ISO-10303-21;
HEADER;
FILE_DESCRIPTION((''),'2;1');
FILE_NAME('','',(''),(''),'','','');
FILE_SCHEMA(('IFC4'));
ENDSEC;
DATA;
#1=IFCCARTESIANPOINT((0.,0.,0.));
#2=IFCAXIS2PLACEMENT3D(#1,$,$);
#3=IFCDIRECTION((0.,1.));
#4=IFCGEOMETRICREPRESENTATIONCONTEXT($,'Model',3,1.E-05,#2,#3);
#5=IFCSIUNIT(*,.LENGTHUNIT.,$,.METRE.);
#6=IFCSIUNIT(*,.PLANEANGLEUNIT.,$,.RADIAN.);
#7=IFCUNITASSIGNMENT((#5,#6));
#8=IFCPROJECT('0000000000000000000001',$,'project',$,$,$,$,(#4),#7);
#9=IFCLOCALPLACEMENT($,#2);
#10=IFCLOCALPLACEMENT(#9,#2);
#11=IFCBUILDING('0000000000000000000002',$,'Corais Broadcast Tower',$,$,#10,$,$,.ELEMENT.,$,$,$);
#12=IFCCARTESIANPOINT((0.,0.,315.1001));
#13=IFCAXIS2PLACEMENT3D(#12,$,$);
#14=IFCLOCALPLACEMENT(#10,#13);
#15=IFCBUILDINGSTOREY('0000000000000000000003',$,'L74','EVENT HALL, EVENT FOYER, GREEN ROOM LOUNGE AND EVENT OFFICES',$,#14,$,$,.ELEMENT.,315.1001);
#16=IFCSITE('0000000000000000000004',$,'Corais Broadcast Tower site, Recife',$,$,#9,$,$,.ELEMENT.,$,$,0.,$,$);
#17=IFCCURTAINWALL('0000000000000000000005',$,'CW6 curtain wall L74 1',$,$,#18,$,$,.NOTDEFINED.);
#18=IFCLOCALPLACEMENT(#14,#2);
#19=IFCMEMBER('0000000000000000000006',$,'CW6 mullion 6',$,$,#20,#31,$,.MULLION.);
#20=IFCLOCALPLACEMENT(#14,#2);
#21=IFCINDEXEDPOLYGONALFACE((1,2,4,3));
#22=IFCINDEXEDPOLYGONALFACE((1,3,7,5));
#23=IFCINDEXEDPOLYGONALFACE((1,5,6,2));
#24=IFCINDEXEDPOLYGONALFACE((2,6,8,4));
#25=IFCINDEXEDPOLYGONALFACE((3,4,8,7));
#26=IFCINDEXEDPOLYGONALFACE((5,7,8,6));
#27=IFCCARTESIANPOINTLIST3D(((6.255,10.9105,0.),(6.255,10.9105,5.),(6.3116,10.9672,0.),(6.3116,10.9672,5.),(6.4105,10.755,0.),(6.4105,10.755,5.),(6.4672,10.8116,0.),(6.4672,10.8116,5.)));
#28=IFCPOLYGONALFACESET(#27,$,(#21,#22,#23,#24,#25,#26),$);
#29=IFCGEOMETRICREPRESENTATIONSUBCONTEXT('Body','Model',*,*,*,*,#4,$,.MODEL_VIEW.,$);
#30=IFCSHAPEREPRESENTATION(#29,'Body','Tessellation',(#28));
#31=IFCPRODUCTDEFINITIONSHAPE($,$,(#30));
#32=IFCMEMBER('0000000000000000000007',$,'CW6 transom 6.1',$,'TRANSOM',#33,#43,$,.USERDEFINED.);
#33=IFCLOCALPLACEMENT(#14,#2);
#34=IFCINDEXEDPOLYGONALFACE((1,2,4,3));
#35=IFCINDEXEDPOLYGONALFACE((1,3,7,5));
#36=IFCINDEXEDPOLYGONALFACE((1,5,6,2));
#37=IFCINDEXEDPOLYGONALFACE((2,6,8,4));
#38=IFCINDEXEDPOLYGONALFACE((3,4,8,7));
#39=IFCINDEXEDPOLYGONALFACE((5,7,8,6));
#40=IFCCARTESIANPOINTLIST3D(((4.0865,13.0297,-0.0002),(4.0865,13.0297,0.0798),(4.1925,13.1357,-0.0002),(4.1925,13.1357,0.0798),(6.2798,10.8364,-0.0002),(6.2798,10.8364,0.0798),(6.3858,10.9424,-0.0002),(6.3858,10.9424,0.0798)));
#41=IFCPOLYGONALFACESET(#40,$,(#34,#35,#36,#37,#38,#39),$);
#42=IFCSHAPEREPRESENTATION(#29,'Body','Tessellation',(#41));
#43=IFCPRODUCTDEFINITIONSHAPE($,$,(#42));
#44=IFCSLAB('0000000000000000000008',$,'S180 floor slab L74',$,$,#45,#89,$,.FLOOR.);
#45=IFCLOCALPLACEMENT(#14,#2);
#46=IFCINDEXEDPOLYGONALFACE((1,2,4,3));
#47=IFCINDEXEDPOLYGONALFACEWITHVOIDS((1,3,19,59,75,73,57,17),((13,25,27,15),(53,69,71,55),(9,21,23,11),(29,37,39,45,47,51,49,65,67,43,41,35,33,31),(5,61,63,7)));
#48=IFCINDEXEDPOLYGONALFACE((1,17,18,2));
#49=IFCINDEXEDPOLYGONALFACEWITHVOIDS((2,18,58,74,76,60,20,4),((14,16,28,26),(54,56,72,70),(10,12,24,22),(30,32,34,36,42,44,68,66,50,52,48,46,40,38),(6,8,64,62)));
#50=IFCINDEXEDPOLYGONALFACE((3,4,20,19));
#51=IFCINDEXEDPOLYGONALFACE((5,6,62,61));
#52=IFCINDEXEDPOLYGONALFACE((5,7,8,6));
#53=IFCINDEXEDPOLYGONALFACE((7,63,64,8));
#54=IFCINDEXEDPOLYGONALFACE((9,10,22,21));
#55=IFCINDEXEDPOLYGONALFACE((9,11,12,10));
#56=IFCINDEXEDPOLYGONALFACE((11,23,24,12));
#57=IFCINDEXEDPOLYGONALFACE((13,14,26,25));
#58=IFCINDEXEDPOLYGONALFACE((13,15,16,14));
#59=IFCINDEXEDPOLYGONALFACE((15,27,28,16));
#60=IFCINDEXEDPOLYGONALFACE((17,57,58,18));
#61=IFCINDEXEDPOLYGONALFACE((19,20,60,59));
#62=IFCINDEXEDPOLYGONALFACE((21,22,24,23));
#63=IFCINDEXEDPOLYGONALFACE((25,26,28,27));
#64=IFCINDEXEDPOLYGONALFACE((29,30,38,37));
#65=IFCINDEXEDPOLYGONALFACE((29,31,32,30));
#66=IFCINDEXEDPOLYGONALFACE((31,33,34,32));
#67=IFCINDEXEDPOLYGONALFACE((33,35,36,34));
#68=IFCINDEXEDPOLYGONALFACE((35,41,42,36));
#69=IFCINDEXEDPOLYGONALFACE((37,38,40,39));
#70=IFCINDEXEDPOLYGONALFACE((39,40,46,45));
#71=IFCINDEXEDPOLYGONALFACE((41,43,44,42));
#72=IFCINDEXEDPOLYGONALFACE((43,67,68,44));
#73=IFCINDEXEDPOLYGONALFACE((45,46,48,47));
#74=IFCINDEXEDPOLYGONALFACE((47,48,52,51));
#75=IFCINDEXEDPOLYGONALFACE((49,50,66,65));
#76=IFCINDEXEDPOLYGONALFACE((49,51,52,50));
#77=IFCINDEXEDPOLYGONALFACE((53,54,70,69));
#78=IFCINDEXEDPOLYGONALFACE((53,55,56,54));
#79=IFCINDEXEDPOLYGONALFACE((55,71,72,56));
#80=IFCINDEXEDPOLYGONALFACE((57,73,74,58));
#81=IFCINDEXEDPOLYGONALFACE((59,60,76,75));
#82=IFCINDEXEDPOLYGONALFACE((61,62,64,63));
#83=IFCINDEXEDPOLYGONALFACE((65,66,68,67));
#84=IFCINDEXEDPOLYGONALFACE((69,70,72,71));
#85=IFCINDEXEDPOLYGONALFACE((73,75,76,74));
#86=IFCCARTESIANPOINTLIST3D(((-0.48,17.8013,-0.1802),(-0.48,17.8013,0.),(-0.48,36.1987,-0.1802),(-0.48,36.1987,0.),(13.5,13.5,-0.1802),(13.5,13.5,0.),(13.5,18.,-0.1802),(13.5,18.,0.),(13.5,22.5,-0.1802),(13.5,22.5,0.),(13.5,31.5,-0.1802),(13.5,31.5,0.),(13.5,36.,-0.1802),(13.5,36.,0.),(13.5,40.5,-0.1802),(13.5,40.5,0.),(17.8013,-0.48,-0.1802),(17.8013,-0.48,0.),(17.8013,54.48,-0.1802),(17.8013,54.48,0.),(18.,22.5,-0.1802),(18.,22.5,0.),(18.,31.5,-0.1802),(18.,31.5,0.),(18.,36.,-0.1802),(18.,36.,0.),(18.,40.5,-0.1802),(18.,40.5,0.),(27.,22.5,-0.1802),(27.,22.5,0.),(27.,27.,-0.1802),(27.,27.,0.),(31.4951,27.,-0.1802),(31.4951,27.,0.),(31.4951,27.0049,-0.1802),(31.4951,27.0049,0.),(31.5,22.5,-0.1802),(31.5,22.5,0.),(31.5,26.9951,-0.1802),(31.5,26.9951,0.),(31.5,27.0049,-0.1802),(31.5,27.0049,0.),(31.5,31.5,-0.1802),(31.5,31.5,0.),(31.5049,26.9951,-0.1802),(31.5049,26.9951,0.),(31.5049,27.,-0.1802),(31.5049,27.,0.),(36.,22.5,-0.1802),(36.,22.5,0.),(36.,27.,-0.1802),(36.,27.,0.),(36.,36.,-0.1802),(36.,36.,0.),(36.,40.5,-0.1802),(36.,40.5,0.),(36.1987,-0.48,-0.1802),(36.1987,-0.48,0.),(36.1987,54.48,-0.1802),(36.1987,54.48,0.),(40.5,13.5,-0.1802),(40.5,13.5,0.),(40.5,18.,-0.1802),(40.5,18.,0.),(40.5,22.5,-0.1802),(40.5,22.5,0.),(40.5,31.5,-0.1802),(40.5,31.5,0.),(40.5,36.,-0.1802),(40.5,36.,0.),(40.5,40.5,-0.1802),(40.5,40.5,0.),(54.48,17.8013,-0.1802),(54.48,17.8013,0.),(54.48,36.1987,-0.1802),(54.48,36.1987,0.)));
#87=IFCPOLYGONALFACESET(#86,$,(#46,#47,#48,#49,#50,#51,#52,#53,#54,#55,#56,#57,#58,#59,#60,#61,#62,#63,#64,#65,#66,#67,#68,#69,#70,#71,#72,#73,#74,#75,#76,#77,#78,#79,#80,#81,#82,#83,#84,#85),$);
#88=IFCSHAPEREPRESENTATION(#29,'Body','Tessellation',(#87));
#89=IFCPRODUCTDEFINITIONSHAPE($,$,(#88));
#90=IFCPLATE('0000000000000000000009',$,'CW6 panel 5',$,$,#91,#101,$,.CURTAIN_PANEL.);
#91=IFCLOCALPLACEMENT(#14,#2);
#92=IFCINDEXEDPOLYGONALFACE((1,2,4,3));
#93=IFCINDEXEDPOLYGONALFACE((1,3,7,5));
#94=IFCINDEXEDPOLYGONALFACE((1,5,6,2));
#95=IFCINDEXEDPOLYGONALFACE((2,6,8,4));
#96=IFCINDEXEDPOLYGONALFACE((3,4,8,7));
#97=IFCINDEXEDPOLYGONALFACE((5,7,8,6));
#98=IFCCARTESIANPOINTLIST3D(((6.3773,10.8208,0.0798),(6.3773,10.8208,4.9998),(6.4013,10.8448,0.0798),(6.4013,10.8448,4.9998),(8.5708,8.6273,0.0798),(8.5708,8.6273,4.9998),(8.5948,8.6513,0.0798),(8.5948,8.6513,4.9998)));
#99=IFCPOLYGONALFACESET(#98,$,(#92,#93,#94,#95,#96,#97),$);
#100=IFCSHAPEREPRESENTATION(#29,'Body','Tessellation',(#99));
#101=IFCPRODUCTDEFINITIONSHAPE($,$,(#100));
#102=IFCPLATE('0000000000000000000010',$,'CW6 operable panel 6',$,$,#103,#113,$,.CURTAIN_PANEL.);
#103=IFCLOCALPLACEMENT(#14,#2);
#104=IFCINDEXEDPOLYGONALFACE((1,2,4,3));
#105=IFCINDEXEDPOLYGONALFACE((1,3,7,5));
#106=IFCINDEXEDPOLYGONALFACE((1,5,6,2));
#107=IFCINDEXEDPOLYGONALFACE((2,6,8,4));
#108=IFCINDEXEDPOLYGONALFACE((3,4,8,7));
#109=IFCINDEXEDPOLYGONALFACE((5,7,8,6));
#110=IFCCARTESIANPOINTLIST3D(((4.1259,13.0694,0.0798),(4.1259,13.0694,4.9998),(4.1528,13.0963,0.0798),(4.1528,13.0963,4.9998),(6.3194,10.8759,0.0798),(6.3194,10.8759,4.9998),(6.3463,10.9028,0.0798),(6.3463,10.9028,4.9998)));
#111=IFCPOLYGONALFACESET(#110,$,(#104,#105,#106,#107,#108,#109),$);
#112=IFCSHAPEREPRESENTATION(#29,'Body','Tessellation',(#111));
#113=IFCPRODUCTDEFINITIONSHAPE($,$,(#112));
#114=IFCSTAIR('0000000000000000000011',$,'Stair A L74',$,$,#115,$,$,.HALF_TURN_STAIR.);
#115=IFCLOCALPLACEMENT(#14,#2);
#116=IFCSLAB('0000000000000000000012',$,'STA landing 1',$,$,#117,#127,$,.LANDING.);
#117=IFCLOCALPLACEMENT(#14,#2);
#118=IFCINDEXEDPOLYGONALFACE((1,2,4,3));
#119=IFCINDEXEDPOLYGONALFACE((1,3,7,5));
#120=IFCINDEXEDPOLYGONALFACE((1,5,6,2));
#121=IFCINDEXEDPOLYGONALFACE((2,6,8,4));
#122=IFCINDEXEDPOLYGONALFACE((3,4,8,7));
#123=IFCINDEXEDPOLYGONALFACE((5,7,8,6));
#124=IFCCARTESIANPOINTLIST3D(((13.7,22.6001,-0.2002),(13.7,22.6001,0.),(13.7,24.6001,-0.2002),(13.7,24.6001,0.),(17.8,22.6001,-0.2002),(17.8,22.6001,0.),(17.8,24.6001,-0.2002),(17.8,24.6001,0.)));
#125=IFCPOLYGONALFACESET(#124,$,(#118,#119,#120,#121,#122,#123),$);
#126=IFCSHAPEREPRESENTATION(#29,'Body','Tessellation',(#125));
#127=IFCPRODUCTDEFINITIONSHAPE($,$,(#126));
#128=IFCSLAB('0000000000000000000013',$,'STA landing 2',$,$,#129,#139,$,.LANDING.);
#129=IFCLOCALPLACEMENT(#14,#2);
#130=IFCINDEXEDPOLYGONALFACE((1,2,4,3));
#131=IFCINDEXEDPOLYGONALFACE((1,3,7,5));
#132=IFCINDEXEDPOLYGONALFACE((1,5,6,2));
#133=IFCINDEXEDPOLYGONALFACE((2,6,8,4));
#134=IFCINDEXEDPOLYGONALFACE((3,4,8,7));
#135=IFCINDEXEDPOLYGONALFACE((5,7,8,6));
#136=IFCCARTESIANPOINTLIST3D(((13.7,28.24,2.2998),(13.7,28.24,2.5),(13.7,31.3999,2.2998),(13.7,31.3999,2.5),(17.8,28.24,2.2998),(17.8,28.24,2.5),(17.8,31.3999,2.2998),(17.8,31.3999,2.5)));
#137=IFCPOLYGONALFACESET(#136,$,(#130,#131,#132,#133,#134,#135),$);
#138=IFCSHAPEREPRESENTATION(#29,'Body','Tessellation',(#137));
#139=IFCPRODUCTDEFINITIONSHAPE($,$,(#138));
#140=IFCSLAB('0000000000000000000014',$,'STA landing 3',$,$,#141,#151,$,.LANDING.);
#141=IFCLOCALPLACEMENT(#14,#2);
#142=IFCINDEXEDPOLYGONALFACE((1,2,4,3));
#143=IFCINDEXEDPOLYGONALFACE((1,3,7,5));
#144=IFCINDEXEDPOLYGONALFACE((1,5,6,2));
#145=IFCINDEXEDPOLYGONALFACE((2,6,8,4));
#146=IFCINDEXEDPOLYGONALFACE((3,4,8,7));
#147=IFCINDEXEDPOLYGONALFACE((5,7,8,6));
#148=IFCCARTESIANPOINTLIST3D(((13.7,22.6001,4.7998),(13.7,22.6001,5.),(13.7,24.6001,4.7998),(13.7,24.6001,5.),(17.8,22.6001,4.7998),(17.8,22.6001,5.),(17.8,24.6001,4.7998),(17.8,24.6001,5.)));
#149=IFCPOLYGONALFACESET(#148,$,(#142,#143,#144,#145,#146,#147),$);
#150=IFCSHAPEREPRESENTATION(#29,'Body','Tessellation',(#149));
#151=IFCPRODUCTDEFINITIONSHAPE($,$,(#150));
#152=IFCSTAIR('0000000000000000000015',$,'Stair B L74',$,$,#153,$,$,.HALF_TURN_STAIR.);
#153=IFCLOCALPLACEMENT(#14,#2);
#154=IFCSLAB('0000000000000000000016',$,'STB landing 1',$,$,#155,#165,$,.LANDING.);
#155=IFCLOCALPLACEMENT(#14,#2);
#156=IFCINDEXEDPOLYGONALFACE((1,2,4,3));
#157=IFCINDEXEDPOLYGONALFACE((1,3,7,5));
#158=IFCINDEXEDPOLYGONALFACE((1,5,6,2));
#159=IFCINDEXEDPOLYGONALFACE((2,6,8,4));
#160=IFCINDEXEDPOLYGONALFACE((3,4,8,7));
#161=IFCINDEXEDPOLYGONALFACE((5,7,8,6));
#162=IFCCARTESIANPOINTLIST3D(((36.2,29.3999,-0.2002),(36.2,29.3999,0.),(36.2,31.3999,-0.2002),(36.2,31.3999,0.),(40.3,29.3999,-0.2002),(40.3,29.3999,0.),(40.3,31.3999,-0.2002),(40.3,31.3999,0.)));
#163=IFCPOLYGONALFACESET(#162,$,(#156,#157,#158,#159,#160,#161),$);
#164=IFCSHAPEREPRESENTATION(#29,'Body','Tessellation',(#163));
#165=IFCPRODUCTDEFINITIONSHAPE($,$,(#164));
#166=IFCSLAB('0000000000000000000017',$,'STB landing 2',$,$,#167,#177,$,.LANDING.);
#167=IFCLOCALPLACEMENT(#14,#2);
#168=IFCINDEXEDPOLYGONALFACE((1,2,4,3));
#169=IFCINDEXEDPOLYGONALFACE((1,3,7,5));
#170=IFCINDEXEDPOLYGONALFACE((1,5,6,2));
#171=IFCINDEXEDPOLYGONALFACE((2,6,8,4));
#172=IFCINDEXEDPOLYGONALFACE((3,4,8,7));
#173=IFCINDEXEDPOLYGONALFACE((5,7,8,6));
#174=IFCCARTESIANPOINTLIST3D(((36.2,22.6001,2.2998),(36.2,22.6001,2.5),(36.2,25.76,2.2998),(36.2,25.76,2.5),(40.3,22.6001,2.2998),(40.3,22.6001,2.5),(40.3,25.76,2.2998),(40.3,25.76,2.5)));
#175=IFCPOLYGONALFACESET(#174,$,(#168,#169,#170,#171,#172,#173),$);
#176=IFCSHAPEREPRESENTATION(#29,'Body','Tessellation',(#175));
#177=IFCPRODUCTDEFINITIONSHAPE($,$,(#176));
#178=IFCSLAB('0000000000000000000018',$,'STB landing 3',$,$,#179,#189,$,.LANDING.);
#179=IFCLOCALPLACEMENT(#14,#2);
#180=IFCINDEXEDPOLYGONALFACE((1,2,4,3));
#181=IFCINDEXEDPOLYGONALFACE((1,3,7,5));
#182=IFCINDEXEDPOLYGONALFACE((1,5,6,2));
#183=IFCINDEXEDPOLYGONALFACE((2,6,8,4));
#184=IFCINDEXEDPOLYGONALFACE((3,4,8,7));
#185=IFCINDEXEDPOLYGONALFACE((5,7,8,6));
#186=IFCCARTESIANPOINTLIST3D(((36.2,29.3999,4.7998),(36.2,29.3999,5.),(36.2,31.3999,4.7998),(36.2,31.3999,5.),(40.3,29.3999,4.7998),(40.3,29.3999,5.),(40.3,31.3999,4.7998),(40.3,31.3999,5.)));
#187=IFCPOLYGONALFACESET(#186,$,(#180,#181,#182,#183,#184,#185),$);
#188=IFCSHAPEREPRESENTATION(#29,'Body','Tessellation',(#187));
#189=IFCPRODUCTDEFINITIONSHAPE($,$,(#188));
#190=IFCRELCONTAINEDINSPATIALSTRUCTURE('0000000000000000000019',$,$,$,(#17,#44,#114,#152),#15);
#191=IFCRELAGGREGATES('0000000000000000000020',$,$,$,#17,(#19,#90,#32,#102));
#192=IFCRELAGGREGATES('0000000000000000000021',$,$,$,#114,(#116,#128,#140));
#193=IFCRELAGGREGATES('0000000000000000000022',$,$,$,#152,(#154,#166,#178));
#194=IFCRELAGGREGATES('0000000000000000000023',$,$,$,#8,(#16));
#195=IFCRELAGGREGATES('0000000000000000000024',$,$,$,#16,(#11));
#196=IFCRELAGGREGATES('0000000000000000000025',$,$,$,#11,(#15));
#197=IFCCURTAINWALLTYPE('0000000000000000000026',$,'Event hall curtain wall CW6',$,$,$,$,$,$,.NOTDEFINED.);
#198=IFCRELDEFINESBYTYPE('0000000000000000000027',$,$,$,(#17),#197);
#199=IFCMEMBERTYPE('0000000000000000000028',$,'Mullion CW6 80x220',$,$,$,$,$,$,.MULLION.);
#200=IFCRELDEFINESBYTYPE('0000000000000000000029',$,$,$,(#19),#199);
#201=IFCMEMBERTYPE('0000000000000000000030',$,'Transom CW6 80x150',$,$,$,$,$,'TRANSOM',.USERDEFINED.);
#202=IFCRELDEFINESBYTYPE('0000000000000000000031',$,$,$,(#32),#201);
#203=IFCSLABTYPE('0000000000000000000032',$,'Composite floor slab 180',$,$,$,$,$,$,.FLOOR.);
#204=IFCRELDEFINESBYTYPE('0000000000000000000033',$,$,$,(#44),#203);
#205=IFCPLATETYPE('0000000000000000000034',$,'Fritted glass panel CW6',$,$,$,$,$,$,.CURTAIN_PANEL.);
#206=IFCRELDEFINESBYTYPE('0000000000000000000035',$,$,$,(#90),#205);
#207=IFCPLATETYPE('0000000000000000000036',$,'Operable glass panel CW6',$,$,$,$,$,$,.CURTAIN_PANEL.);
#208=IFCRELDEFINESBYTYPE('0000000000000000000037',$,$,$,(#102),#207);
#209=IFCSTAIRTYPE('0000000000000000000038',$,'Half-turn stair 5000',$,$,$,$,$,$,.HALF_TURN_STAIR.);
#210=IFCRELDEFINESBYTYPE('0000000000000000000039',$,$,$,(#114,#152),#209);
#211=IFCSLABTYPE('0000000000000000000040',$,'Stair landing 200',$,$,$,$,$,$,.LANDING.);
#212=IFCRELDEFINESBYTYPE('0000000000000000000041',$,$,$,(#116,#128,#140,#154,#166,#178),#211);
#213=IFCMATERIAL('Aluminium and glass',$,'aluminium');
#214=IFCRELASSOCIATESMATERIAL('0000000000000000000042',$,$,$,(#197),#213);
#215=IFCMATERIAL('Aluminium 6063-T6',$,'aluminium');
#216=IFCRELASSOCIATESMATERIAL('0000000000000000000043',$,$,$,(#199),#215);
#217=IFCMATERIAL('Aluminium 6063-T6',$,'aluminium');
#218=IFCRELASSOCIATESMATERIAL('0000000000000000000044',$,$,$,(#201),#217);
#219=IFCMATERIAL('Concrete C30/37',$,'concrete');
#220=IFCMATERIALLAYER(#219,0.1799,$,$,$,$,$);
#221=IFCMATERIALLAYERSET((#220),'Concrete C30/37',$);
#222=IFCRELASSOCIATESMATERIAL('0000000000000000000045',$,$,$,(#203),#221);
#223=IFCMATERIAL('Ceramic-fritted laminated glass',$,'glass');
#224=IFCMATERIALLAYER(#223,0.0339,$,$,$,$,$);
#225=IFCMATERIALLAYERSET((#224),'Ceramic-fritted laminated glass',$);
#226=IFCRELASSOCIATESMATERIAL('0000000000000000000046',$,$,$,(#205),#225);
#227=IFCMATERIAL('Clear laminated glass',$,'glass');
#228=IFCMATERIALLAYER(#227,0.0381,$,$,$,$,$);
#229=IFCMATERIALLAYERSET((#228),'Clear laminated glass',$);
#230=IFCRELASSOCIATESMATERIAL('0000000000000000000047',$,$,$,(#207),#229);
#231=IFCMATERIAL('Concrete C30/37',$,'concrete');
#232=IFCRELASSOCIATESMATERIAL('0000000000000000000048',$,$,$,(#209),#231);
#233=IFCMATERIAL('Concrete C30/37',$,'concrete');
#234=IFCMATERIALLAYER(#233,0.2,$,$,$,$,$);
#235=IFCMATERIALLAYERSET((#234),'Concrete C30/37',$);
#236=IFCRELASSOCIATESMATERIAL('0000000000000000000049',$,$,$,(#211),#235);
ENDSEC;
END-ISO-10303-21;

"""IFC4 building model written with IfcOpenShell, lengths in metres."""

from ifc_helpers import new_model, si_unit, direction, frame, origin, origin_2d, place, context, subcontext, project, spatial, polyline, rectangle, outline, extrude, material, layer, layer_set, material_profile, profile_set, type_object, element, aggregate, save


model = new_model("IFC4")

# Units and contexts
model_context = context("Model", 3, precision=1e-05, world=origin(), true_north=direction((0.0, 1.0)))
body_context = subcontext(model_context, "Body", "Model", "MODEL_VIEW")
ifc_project = project(units=[si_unit("LENGTHUNIT", "METRE"), si_unit("PLANEANGLEUNIT", "RADIAN")], contexts=[model_context])

# Site, building, storey
site_placement = place(None, origin())
site = spatial("IfcSite", under=ifc_project, at=site_placement, Name="Corais Broadcast Tower site, Recife", CompositionType="ELEMENT", RefElevation=0.0)
building_placement = place(site_placement, origin())
building = spatial("IfcBuilding", under=site, at=building_placement, Name="Corais Broadcast Tower", CompositionType="ELEMENT")
storey_placement = place(building_placement, frame((0.0, 0.0, 315.1001)))
storey = spatial("IfcBuildingStorey", under=building, at=storey_placement, Name="L74", Description="EVENT HALL, EVENT FOYER, GREEN ROOM LOUNGE AND EVENT OFFICES", CompositionType="ELEMENT", Elevation=315.1001)

# Curtain wall, members
ifc_material_1 = material(Name="Aluminium and glass", Category="aluminium")
curtain_wall_type = type_object("IfcCurtainWallType", Name="Event hall curtain wall CW6", PredefinedType="NOTDEFINED", material=ifc_material_1)
curtain_wall_placement = place(storey_placement, origin())
curtain_wall = element("IfcCurtainWall", 1, at=curtain_wall_placement, inside=storey, type_object=curtain_wall_type, Name="CW6 curtain wall L74 1", PredefinedType="NOTDEFINED")
ifc_material_2 = material(Name="Aluminium 6063-T6", Category="aluminium")
ifc_material_profile_1 = material_profile(ifc_material_2, rectangle(XDim=0.0801, YDim=0.22, at=origin_2d()), Name="Mullion CW6 80x220")
ifc_profile_set_1 = profile_set([ifc_material_profile_1], Name="Aluminium 6063-T6")
member_type_1 = type_object("IfcMemberType", Name="Mullion CW6 80x220", PredefinedType="MULLION", material=ifc_profile_set_1)
member_1_placement = place(storey_placement, frame((6.3611, 10.8611, 0.0), z_axis=(0.0, 0.0, 1.0), x_axis=(-0.707107, -0.707107, 0.0)))
member_1 = element("IfcMember", 2, at=member_1_placement, type_object=member_type_1, Name="CW6 mullion 6", PredefinedType="MULLION", context=body_context, shape_type="SweptSolid", body=[
    extrude(rectangle(XDim=0.0801, YDim=0.22, at=origin_2d()), origin(), (0.0, 0.0, 1.0), 5.0),
])
ifc_material_3 = material(Name="Aluminium 6063-T6", Category="aluminium")
ifc_material_profile_2 = material_profile(ifc_material_3, rectangle(XDim=0.1499, YDim=0.0801, at=origin_2d()), Name="Transom CW6 80x150")
ifc_profile_set_2 = profile_set([ifc_material_profile_2], Name="Aluminium 6063-T6")
member_type_2 = type_object("IfcMemberType", Name="Transom CW6 80x150", ElementType="TRANSOM", PredefinedType="USERDEFINED", material=ifc_profile_set_2)
member_2_placement = place(storey_placement, frame((6.3328, 10.8894, 0.0398), z_axis=(-0.707107, 0.707107, 0.0), x_axis=(-0.707107, -0.707107, 0.0)))
member_2 = element("IfcMember", 3, at=member_2_placement, type_object=member_type_2, Name="CW6 transom 6.1", ObjectType="TRANSOM", PredefinedType="USERDEFINED", context=body_context, shape_type="SweptSolid", body=[
    extrude(rectangle(XDim=0.1499, YDim=0.0801, at=origin_2d()), origin(), (0.0, 0.0, 1.0), 3.1018),
])

# Slab
ifc_material_4 = material(Name="Concrete C30/37", Category="concrete")
ifc_layer_1 = layer(ifc_material_4, 0.1799)
ifc_layer_set_1 = layer_set([ifc_layer_1], Name="Concrete C30/37")
slab_type_1 = type_object("IfcSlabType", Name="Composite floor slab 180", PredefinedType="FLOOR", material=ifc_layer_set_1)
slab_1_placement = place(storey_placement, frame((0.0, 0.0, -0.1802)))
element("IfcSlab", 4, at=slab_1_placement, inside=storey, type_object=slab_type_1, Name="S180 floor slab L74", PredefinedType="FLOOR", context=body_context, shape_type="SweptSolid", body=[
    extrude(outline(polyline([(17.8013, -0.48), (-0.48, 17.8013), (-0.48, 36.1987), (17.8013, 54.48), (36.1987, 54.48), (54.48, 36.1987), (54.48, 17.8013), (36.1987, -0.48), (17.8013, -0.48)]), holes=[polyline([(13.5, 18.0), (40.5, 18.0), (40.5, 13.5), (13.5, 13.5), (13.5, 18.0)]), polyline([(18.0, 22.5), (13.5, 22.5), (13.5, 31.5), (18.0, 31.5), (18.0, 22.5)]), polyline([(18.0, 36.0), (13.5, 36.0), (13.5, 40.5), (18.0, 40.5), (18.0, 36.0)]), polyline([(31.5, 22.5), (27.0, 22.5), (27.0, 27.0), (31.4951, 27.0), (31.4951, 27.0049), (31.5, 27.0049), (31.5, 31.5), (40.5, 31.5), (40.5, 22.5), (36.0, 22.5), (36.0, 27.0), (31.5049, 27.0), (31.5049, 26.9951), (31.5, 26.9951), (31.5, 22.5)]), polyline([(40.5, 36.0), (36.0, 36.0), (36.0, 40.5), (40.5, 40.5), (40.5, 36.0)])]), origin(), (0.0, 0.0, 1.0), 0.1802),
])

# Plates
ifc_material_5 = material(Name="Ceramic-fritted laminated glass", Category="glass")
ifc_layer_2 = layer(ifc_material_5, 0.0339)
ifc_layer_set_2 = layer_set([ifc_layer_2], Name="Ceramic-fritted laminated glass")
plate_type_1 = type_object("IfcPlateType", Name="Fritted glass panel CW6", PredefinedType="CURTAIN_PANEL", material=ifc_layer_set_2)
plate_1_placement = place(storey_placement, frame((7.4861, 9.7361, 0.0798), z_axis=(0.0, 0.0, 1.0), x_axis=(-0.707107, 0.707107, 0.0)))
plate_1 = element("IfcPlate", 5, at=plate_1_placement, type_object=plate_type_1, Name="CW6 panel 5", PredefinedType="CURTAIN_PANEL", context=body_context, shape_type="SweptSolid", body=[
    extrude(rectangle(XDim=3.1021, YDim=0.0339, at=origin_2d()), origin(), (0.0, 0.0, 1.0), 4.9199),
])
ifc_material_6 = material(Name="Clear laminated glass", Category="glass")
ifc_layer_3 = layer(ifc_material_6, 0.0381)
ifc_layer_set_3 = layer_set([ifc_layer_3], Name="Clear laminated glass")
plate_type_2 = type_object("IfcPlateType", Name="Operable glass panel CW6", PredefinedType="CURTAIN_PANEL", material=ifc_layer_set_3)
plate_2_placement = place(storey_placement, frame((5.2361, 11.9861, 0.0798), z_axis=(0.0, 0.0, 1.0), x_axis=(-0.707107, 0.707107, 0.0)))
plate_2 = element("IfcPlate", 6, at=plate_2_placement, type_object=plate_type_2, Name="CW6 operable panel 6", PredefinedType="CURTAIN_PANEL", context=body_context, shape_type="SweptSolid", body=[
    extrude(rectangle(XDim=3.1021, YDim=0.0381, at=origin_2d()), origin(), (0.0, 0.0, 1.0), 4.9199),
])
aggregate(curtain_wall, [member_1, plate_1, member_2, plate_2])

# Stairs, slabs
ifc_material_7 = material(Name="Concrete C30/37", Category="concrete")
stair_type = type_object("IfcStairType", Name="Half-turn stair 5000", PredefinedType="HALF_TURN_STAIR", material=ifc_material_7)
stair_1_placement = place(storey_placement, origin())
stair_1 = element("IfcStair", 7, at=stair_1_placement, inside=storey, type_object=stair_type, Name="Stair A L74", PredefinedType="HALF_TURN_STAIR")
ifc_material_8 = material(Name="Concrete C30/37", Category="concrete")
ifc_layer_4 = layer(ifc_material_8, 0.2)
ifc_layer_set_4 = layer_set([ifc_layer_4], Name="Concrete C30/37")
slab_type_2 = type_object("IfcSlabType", Name="Stair landing 200", PredefinedType="LANDING", material=ifc_layer_set_4)
slab_2_placement = place(storey_placement, frame((0.0, 0.0, -0.2002)))
slab_2 = element("IfcSlab", 8, at=slab_2_placement, type_object=slab_type_2, Name="STA landing 1", PredefinedType="LANDING", context=body_context, shape_type="SweptSolid", body=[
    extrude(outline(polyline([(13.7, 22.6001), (17.8, 22.6001), (17.8, 24.6001), (13.7, 24.6001), (13.7, 22.6001)])), origin(), (0.0, 0.0, 1.0), 0.2002),
])
slab_3_placement = place(storey_placement, frame((0.0, 0.0, 2.2998)))
slab_3 = element("IfcSlab", 9, at=slab_3_placement, type_object=slab_type_2, Name="STA landing 2", PredefinedType="LANDING", context=body_context, shape_type="SweptSolid", body=[
    extrude(outline(polyline([(13.7, 28.24), (17.8, 28.24), (17.8, 31.3999), (13.7, 31.3999), (13.7, 28.24)])), origin(), (0.0, 0.0, 1.0), 0.2002),
])
slab_4_placement = place(storey_placement, frame((0.0, 0.0, 4.7998)))
slab_4 = element("IfcSlab", 10, at=slab_4_placement, type_object=slab_type_2, Name="STA landing 3", PredefinedType="LANDING", context=body_context, shape_type="SweptSolid", body=[
    extrude(outline(polyline([(13.7, 22.6001), (17.8, 22.6001), (17.8, 24.6001), (13.7, 24.6001), (13.7, 22.6001)])), origin(), (0.0, 0.0, 1.0), 0.2002),
])
aggregate(stair_1, [slab_2, slab_3, slab_4])
stair_2_placement = place(storey_placement, origin())
stair_2 = element("IfcStair", 11, at=stair_2_placement, inside=storey, type_object=stair_type, Name="Stair B L74", PredefinedType="HALF_TURN_STAIR")
slab_5_placement = place(storey_placement, frame((0.0, 0.0, -0.2002)))
slab_5 = element("IfcSlab", 12, at=slab_5_placement, type_object=slab_type_2, Name="STB landing 1", PredefinedType="LANDING", context=body_context, shape_type="SweptSolid", body=[
    extrude(outline(polyline([(36.2, 29.3999), (40.3, 29.3999), (40.3, 31.3999), (36.2, 31.3999), (36.2, 29.3999)])), origin(), (0.0, 0.0, 1.0), 0.2002),
])
slab_6_placement = place(storey_placement, frame((0.0, 0.0, 2.2998)))
slab_6 = element("IfcSlab", 13, at=slab_6_placement, type_object=slab_type_2, Name="STB landing 2", PredefinedType="LANDING", context=body_context, shape_type="SweptSolid", body=[
    extrude(outline(polyline([(36.2, 22.6001), (40.3, 22.6001), (40.3, 25.76), (36.2, 25.76), (36.2, 22.6001)])), origin(), (0.0, 0.0, 1.0), 0.2002),
])
slab_7_placement = place(storey_placement, frame((0.0, 0.0, 4.7998)))
slab_7 = element("IfcSlab", 14, at=slab_7_placement, type_object=slab_type_2, Name="STB landing 3", PredefinedType="LANDING", context=body_context, shape_type="SweptSolid", body=[
    extrude(outline(polyline([(36.2, 29.3999), (40.3, 29.3999), (40.3, 31.3999), (36.2, 31.3999), (36.2, 29.3999)])), origin(), (0.0, 0.0, 1.0), 0.2002),
])
aggregate(stair_2, [slab_5, slab_6, slab_7])

save(model, "model.ifc")
